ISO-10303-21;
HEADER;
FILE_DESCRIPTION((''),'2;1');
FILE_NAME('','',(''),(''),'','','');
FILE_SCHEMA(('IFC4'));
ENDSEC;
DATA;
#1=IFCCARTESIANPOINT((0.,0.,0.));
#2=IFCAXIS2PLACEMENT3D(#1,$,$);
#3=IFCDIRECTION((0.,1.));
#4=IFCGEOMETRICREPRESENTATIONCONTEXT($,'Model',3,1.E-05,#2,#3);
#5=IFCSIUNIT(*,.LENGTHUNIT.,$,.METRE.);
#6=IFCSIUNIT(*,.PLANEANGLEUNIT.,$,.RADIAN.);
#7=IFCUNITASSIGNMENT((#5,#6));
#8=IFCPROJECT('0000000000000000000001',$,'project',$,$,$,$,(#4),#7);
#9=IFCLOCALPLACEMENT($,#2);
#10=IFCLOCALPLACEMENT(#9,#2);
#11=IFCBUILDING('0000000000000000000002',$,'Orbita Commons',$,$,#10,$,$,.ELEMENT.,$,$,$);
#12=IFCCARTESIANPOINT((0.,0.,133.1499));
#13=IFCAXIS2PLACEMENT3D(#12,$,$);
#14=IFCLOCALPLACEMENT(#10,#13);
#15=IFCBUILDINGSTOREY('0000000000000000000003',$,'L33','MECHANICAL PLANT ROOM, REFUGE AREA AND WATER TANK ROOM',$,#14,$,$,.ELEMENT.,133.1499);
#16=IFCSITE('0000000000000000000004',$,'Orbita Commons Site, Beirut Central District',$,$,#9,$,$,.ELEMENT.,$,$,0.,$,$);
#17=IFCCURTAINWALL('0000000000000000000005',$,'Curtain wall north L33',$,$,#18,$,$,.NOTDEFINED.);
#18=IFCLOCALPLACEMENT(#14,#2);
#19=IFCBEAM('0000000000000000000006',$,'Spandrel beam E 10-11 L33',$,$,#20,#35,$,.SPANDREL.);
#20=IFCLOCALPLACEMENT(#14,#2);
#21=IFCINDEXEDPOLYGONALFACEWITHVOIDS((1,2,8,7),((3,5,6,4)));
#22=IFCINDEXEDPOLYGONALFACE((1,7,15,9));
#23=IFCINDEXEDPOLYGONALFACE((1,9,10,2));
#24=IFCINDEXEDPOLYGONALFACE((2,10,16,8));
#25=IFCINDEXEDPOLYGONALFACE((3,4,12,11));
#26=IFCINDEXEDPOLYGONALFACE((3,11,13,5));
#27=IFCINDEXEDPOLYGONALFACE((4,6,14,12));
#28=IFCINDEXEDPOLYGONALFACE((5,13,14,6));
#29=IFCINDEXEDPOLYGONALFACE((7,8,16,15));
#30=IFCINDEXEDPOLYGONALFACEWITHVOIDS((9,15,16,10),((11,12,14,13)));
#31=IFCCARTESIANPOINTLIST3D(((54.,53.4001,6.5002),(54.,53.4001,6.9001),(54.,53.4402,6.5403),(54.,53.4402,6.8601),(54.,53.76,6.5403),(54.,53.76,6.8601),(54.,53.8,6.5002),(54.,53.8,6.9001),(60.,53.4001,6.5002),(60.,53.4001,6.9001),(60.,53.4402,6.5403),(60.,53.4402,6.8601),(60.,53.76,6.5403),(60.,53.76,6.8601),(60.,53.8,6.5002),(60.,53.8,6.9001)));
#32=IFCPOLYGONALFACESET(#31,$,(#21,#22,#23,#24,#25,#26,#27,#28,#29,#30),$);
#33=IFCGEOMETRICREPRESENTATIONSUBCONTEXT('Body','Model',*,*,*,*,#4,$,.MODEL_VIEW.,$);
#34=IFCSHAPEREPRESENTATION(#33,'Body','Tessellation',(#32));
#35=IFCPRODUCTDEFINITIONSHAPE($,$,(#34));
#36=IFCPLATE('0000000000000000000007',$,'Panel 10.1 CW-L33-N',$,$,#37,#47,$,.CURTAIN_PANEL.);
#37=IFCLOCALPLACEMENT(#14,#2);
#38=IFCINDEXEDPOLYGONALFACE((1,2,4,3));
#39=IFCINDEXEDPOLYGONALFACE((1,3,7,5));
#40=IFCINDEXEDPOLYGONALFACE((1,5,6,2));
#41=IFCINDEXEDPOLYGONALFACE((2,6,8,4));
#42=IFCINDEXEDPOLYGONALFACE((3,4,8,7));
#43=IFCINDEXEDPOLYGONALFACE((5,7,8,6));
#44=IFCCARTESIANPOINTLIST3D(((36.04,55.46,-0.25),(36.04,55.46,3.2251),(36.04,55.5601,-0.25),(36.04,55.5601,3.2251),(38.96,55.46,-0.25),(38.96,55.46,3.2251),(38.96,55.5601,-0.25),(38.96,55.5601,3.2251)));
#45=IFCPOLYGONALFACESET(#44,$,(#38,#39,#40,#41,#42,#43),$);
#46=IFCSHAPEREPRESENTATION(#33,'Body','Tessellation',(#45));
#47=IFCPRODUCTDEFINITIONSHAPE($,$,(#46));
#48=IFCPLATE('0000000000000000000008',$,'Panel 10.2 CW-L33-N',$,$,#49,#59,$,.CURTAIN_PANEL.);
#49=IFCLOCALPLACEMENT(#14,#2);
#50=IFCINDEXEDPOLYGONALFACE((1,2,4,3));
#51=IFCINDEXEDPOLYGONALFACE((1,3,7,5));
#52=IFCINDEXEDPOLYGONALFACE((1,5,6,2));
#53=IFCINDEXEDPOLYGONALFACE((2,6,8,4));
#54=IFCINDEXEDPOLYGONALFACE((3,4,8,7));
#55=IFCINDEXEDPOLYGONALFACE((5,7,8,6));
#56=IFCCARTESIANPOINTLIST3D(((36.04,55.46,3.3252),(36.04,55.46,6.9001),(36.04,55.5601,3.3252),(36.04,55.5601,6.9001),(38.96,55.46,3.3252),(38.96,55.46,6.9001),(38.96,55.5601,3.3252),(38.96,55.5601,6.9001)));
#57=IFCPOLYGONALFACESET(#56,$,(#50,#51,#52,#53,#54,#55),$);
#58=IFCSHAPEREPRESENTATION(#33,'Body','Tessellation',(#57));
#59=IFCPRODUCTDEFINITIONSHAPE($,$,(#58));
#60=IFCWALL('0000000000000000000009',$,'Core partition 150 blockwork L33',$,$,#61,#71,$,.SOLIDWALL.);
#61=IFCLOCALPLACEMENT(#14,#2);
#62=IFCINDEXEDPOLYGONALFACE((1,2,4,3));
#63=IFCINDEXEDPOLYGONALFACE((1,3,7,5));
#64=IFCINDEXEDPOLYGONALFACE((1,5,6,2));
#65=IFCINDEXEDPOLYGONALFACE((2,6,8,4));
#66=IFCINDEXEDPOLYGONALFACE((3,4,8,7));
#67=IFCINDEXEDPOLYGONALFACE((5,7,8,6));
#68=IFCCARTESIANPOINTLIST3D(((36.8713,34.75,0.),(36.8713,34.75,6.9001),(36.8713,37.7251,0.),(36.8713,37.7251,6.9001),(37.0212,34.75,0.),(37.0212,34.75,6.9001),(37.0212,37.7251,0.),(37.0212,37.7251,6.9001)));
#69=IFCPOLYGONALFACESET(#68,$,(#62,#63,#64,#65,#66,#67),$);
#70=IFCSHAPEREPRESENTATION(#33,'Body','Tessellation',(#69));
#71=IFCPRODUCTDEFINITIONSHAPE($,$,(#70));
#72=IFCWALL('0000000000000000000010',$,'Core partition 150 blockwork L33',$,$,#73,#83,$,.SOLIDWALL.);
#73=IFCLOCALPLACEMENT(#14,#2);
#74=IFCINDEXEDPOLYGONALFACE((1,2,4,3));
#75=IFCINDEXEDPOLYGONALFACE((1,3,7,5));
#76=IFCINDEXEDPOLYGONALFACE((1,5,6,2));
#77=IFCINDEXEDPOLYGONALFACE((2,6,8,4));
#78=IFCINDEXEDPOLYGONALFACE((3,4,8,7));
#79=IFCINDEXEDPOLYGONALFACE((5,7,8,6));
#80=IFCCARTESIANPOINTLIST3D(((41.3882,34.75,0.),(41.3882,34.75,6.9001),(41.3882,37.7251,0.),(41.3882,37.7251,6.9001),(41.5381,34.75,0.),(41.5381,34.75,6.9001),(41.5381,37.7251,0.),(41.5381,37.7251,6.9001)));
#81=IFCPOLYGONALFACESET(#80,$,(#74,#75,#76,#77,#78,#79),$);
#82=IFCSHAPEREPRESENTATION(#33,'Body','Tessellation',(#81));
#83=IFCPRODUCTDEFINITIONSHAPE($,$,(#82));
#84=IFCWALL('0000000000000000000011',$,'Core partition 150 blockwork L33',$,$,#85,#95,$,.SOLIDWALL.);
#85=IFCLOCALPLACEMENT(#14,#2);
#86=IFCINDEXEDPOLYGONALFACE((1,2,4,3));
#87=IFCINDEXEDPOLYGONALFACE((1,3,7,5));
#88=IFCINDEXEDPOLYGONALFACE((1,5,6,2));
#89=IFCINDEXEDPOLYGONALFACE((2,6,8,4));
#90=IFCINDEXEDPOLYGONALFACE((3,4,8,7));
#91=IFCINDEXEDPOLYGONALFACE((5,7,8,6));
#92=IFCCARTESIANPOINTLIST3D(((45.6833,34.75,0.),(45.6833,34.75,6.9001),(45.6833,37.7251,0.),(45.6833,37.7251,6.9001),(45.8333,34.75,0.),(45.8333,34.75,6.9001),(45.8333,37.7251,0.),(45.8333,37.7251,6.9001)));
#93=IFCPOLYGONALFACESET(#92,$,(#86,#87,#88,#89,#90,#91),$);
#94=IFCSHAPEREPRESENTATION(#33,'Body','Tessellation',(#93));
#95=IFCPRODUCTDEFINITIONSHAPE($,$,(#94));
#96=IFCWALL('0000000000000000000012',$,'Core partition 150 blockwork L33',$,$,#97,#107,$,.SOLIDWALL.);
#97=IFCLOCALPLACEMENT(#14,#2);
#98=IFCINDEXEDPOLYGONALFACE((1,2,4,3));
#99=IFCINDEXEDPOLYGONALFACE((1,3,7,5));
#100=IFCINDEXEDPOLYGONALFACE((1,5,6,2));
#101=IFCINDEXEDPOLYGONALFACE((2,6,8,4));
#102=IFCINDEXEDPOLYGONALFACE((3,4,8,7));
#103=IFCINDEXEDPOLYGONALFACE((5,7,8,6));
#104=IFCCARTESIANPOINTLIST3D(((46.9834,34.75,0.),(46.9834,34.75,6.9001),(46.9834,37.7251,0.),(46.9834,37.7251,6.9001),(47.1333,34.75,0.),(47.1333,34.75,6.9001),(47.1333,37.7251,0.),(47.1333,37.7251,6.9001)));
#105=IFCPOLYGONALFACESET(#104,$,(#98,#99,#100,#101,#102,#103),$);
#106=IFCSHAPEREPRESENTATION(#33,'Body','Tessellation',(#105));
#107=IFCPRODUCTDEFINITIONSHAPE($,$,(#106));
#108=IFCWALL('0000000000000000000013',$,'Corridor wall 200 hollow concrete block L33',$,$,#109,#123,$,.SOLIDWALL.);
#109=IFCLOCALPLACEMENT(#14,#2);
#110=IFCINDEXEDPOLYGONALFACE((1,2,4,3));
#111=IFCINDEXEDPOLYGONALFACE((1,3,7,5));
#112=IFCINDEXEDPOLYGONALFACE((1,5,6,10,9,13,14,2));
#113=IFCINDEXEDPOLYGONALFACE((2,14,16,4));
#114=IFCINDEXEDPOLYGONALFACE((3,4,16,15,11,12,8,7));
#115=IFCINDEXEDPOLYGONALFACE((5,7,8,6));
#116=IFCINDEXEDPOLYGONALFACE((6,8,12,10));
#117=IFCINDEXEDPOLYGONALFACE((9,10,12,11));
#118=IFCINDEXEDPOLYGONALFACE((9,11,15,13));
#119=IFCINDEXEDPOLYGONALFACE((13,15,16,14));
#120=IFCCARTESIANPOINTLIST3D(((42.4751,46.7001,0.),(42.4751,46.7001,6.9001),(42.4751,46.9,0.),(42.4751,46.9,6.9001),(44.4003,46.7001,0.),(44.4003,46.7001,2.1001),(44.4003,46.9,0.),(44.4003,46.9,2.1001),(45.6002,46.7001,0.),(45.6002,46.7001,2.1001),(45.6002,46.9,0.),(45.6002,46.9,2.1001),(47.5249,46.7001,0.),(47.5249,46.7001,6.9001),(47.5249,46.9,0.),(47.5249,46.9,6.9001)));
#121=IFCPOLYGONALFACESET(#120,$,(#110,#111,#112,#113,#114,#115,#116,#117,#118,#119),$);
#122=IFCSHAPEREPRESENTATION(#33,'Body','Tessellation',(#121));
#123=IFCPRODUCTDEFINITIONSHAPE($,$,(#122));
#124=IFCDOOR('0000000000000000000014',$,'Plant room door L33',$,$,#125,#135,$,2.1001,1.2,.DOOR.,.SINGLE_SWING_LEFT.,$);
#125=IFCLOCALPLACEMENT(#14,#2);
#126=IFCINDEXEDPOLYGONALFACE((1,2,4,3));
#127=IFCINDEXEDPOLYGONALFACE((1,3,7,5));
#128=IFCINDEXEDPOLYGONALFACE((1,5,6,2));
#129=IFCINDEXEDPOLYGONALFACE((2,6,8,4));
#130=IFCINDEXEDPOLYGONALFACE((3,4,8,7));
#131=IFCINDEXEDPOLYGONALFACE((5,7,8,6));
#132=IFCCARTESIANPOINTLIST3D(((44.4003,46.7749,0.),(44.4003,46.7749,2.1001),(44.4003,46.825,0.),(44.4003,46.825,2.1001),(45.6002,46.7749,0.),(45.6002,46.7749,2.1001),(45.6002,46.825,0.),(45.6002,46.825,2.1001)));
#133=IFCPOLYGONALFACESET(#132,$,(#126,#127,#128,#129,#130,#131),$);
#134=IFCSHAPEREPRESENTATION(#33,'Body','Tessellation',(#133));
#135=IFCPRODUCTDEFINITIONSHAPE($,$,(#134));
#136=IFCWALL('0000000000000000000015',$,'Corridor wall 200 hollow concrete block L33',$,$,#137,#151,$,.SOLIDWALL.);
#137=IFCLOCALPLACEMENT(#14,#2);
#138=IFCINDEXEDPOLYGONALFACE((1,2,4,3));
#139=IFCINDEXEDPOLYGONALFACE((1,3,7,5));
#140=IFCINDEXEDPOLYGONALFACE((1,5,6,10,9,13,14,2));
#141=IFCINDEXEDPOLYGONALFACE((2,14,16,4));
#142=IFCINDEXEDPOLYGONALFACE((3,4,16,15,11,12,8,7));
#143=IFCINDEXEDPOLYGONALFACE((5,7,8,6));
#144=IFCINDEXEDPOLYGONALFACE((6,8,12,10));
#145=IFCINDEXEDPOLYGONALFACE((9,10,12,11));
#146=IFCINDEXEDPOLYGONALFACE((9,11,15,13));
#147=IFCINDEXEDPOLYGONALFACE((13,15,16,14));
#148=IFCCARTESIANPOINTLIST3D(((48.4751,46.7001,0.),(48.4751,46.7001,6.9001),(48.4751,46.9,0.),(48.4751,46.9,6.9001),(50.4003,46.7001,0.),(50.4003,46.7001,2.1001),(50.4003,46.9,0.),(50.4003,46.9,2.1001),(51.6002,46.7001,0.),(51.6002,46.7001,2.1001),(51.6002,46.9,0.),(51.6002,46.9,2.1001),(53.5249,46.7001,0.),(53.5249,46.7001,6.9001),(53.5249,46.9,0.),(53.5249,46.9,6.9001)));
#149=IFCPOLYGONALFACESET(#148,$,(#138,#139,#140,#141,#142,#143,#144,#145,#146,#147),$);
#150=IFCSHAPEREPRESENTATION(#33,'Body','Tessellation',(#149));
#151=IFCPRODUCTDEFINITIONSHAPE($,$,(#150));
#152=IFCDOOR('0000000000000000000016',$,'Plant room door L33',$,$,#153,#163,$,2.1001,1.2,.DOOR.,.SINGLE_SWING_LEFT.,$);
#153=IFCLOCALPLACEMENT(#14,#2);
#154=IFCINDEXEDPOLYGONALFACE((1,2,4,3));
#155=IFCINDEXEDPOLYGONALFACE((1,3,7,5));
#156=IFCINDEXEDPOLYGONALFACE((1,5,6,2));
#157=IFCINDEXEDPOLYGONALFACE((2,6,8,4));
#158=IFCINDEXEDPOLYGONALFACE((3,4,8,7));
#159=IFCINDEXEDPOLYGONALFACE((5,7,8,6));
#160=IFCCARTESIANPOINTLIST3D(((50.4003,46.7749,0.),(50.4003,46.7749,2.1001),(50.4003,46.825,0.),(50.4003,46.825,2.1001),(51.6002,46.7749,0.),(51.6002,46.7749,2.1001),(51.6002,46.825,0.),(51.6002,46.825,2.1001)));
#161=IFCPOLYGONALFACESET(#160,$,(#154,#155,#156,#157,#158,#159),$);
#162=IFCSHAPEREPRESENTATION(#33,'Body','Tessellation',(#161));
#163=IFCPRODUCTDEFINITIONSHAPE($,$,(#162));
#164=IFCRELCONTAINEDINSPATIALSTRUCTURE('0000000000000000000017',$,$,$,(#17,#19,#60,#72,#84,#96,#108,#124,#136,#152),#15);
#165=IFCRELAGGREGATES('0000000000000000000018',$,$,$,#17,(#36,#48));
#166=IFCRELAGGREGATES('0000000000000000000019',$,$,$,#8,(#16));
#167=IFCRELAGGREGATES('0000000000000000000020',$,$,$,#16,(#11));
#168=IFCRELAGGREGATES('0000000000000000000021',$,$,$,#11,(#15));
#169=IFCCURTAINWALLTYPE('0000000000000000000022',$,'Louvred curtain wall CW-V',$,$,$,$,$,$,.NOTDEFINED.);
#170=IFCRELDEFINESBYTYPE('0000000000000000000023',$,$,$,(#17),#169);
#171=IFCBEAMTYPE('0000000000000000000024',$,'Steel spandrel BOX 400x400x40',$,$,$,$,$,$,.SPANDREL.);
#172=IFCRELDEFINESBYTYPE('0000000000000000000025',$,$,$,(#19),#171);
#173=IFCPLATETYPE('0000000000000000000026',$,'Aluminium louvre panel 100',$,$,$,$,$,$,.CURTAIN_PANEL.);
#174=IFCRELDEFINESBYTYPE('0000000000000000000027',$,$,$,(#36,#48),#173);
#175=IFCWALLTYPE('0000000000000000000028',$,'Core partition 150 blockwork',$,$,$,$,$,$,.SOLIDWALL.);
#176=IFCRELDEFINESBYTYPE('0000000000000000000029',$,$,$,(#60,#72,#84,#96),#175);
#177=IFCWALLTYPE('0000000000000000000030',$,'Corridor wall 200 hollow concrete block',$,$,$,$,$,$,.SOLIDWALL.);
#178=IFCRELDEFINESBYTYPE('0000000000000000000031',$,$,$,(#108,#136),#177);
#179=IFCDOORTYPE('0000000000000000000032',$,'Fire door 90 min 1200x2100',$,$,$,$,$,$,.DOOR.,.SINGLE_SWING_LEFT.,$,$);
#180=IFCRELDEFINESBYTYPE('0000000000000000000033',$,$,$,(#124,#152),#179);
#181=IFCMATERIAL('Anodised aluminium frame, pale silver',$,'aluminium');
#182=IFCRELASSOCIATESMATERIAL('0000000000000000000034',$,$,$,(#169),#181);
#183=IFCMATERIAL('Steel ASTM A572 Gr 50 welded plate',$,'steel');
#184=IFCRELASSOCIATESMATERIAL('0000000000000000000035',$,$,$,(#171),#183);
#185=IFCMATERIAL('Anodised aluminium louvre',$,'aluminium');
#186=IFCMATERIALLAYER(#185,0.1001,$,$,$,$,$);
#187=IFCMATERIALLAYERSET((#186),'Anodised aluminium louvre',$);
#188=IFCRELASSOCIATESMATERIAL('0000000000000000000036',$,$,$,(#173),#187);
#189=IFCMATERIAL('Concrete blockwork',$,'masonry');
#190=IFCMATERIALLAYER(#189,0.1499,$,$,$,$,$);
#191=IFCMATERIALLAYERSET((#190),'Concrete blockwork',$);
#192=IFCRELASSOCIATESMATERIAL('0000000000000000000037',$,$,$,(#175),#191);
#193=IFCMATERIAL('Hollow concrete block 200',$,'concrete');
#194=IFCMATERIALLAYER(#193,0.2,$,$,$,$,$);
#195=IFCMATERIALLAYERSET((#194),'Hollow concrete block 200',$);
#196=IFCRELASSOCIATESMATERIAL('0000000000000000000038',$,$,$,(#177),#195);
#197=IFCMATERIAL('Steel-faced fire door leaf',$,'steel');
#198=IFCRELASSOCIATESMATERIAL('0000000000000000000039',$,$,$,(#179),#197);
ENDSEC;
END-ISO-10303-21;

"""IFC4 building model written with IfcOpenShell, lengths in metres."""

from ifc_helpers import new_model, si_unit, direction, frame, frame_2d, origin, origin_2d, place, context, subcontext, project, spatial, rectangle, hollow_rectangle, extrude, material, layer, layer_set, material_profile, profile_set, type_object, element, fill, aggregate, save


model = new_model("IFC4")

# Units and contexts
model_context = context("Model", 3, precision=1e-05, world=origin(), true_north=direction((0.0, 1.0)))
body_context = subcontext(model_context, "Body", "Model", "MODEL_VIEW")
ifc_project = project(units=[si_unit("LENGTHUNIT", "METRE"), si_unit("PLANEANGLEUNIT", "RADIAN")], contexts=[model_context])

# Site, building, storey
site_placement = place(None, origin())
site = spatial("IfcSite", under=ifc_project, at=site_placement, Name="Orbita Commons Site, Beirut Central District", CompositionType="ELEMENT", RefElevation=0.0)
building_placement = place(site_placement, origin())
building = spatial("IfcBuilding", under=site, at=building_placement, Name="Orbita Commons", CompositionType="ELEMENT")
storey_placement = place(building_placement, frame((0.0, 0.0, 133.1499)))
storey = spatial("IfcBuildingStorey", under=building, at=storey_placement, Name="L33", Description="MECHANICAL PLANT ROOM, REFUGE AREA AND WATER TANK ROOM", CompositionType="ELEMENT", Elevation=133.1499)

# Curtain wall
ifc_material_1 = material(Name="Anodised aluminium frame, pale silver", Category="aluminium")
curtain_wall_type = type_object("IfcCurtainWallType", Name="Louvred curtain wall CW-V", PredefinedType="NOTDEFINED", material=ifc_material_1)
curtain_wall_placement = place(storey_placement, origin())
curtain_wall = element("IfcCurtainWall", 1, at=curtain_wall_placement, inside=storey, type_object=curtain_wall_type, Name="Curtain wall north L33", PredefinedType="NOTDEFINED")

# Beam
ifc_material_2 = material(Name="Steel ASTM A572 Gr 50 welded plate", Category="steel")
ifc_material_profile_1 = material_profile(ifc_material_2, hollow_rectangle(XDim=0.3999, YDim=0.3999, WallThickness=0.04, at=origin_2d()), Name="BOX 400x400x40")
ifc_profile_set_1 = profile_set([ifc_material_profile_1], Name="Steel ASTM A572 Gr 50 welded plate")
beam_type = type_object("IfcBeamType", Name="Steel spandrel BOX 400x400x40", PredefinedType="SPANDREL", material=ifc_profile_set_1)
for number, where, z_axis, x_axis, name in (
    (2, (54.0, 53.6001, 6.7002), (1.0, 0.0, 0.0), (0.0, 1.0, 0.0), "Spandrel beam E 10-11 L33"),
):
    element("IfcBeam", number, at=place(storey_placement, frame(where, z_axis=z_axis, x_axis=x_axis)), inside=storey, type_object=beam_type, Name=name, PredefinedType="SPANDREL", context=body_context, shape_type="SweptSolid", body=[
        extrude(hollow_rectangle(XDim=0.3999, YDim=0.3999, WallThickness=0.04, at=origin_2d()), origin(), (0.0, 0.0, 1.0), 6.0),
    ])

# Plates
ifc_material_3 = material(Name="Anodised aluminium louvre", Category="aluminium")
ifc_layer_1 = layer(ifc_material_3, 0.1001)
ifc_layer_set_1 = layer_set([ifc_layer_1], Name="Anodised aluminium louvre")
plate_type = type_object("IfcPlateType", Name="Aluminium louvre panel 100", PredefinedType="CURTAIN_PANEL", material=ifc_layer_set_1)
plate_1_placement = place(storey_placement, frame((37.5, 55.51, -0.25), z_axis=(0.0, 0.0, 1.0), x_axis=(-1.0, 0.0, 0.0)))
plate_1 = element("IfcPlate", 3, at=plate_1_placement, type_object=plate_type, Name="Panel 10.1 CW-L33-N", PredefinedType="CURTAIN_PANEL", context=body_context, shape_type="SweptSolid", body=[
    extrude(rectangle(XDim=2.9199, YDim=0.1001, at=origin_2d()), origin(), (0.0, 0.0, 1.0), 3.4751),
])
plate_2_placement = place(storey_placement, frame((37.5, 55.51, 3.3252), z_axis=(0.0, 0.0, 1.0), x_axis=(-1.0, 0.0, 0.0)))
plate_2 = element("IfcPlate", 4, at=plate_2_placement, type_object=plate_type, Name="Panel 10.2 CW-L33-N", PredefinedType="CURTAIN_PANEL", context=body_context, shape_type="SweptSolid", body=[
    extrude(rectangle(XDim=2.9199, YDim=0.1001, at=origin_2d()), origin(), (0.0, 0.0, 1.0), 3.575),
])
aggregate(curtain_wall, [plate_1, plate_2])

# Walls
ifc_material_4 = material(Name="Concrete blockwork", Category="masonry")
ifc_layer_2 = layer(ifc_material_4, 0.1499)
ifc_layer_set_2 = layer_set([ifc_layer_2], Name="Concrete blockwork")
wall_type_1 = type_object("IfcWallType", Name="Core partition 150 blockwork", PredefinedType="SOLIDWALL", material=ifc_layer_set_2)
for number, where, z_axis, x_axis, name in (
    (5, (36.9463, 34.75, 0.0), (0.0, 0.0, 1.0), (0.0, 1.0, 0.0), "Core partition 150 blockwork L33"),
    (6, (41.4631, 34.75, 0.0), (0.0, 0.0, 1.0), (0.0, 1.0, 0.0), "Core partition 150 blockwork L33"),
    (7, (45.7583, 34.75, 0.0), (0.0, 0.0, 1.0), (0.0, 1.0, 0.0), "Core partition 150 blockwork L33"),
    (8, (47.0583, 34.75, 0.0), (0.0, 0.0, 1.0), (0.0, 1.0, 0.0), "Core partition 150 blockwork L33"),
):
    element("IfcWall", number, at=place(storey_placement, frame(where, z_axis=z_axis, x_axis=x_axis)), inside=storey, type_object=wall_type_1, Name=name, PredefinedType="SOLIDWALL", context=body_context, shape_type="SweptSolid", body=[
        extrude(rectangle(XDim=2.9751, YDim=0.1499, at=frame_2d((1.4875, 0.0))), origin(), (0.0, 0.0, 1.0), 6.9001),
    ])

# Walls, openings, doors
ifc_material_5 = material(Name="Hollow concrete block 200", Category="concrete")
ifc_layer_3 = layer(ifc_material_5, 0.2)
ifc_layer_set_3 = layer_set([ifc_layer_3], Name="Hollow concrete block 200")
wall_type_2 = type_object("IfcWallType", Name="Corridor wall 200 hollow concrete block", PredefinedType="SOLIDWALL", material=ifc_layer_set_3)
wall_1_placement = place(storey_placement, frame((42.4751, 46.8, 0.0), z_axis=(0.0, 0.0, 1.0), x_axis=(1.0, 0.0, 0.0)))
wall_1 = element("IfcWall", 9, at=wall_1_placement, inside=storey, type_object=wall_type_2, Name="Corridor wall 200 hollow concrete block L33", PredefinedType="SOLIDWALL", context=body_context, shape_type="SweptSolid", body=[
    extrude(rectangle(XDim=5.0498, YDim=0.2, at=frame_2d((2.5249, 0.0))), origin(), (0.0, 0.0, 1.0), 6.9001),
])
opening_1_placement = place(wall_1_placement, frame((1.925, 0.0, 0.0)))
opening_1 = element("IfcOpeningElement", 10, at=opening_1_placement, cuts=wall_1, PredefinedType="OPENING", context=body_context, shape_type="SweptSolid", body=[
    extrude(rectangle(XDim=1.2, YDim=2.1001, at=frame_2d((0.6001, 1.05))), frame((0.0, 0.1099, 0.0), z_axis=(0.0, -1.0, 0.0), x_axis=(1.0, 0.0, 0.0)), (0.0, 0.0, 1.0), 0.22),
])
ifc_material_6 = material(Name="Steel-faced fire door leaf", Category="steel")
door_type = type_object("IfcDoorType", Name="Fire door 90 min 1200x2100", OperationType="SINGLE_SWING_LEFT", PredefinedType="DOOR", material=ifc_material_6)
door_1_placement = place(opening_1_placement, origin())
door_1 = element("IfcDoor", 11, at=door_1_placement, inside=storey, type_object=door_type, Name="Plant room door L33", OperationType="SINGLE_SWING_LEFT", OverallHeight=2.1001, OverallWidth=1.2, PredefinedType="DOOR", context=body_context, shape_type="SweptSolid", body=[
    extrude(rectangle(XDim=1.2, YDim=2.1001, at=frame_2d((0.6001, 1.05))), frame((0.0, 0.0249, 0.0), z_axis=(0.0, -1.0, 0.0), x_axis=(1.0, 0.0, 0.0)), (0.0, 0.0, 1.0), 0.05),
])
fill(opening_1, door_1)
wall_2_placement = place(storey_placement, frame((48.4751, 46.8, 0.0), z_axis=(0.0, 0.0, 1.0), x_axis=(1.0, 0.0, 0.0)))
wall_2 = element("IfcWall", 12, at=wall_2_placement, inside=storey, type_object=wall_type_2, Name="Corridor wall 200 hollow concrete block L33", PredefinedType="SOLIDWALL", context=body_context, shape_type="SweptSolid", body=[
    extrude(rectangle(XDim=5.0498, YDim=0.2, at=frame_2d((2.5249, 0.0))), origin(), (0.0, 0.0, 1.0), 6.9001),
])
opening_2_placement = place(wall_2_placement, frame((1.925, 0.0, 0.0)))
opening_2 = element("IfcOpeningElement", 13, at=opening_2_placement, cuts=wall_2, PredefinedType="OPENING", context=body_context, shape_type="SweptSolid", body=[
    extrude(rectangle(XDim=1.2, YDim=2.1001, at=frame_2d((0.6001, 1.05))), frame((0.0, 0.1099, 0.0), z_axis=(0.0, -1.0, 0.0), x_axis=(1.0, 0.0, 0.0)), (0.0, 0.0, 1.0), 0.22),
])
door_2_placement = place(opening_2_placement, origin())
door_2 = element("IfcDoor", 14, at=door_2_placement, inside=storey, type_object=door_type, Name="Plant room door L33", OperationType="SINGLE_SWING_LEFT", OverallHeight=2.1001, OverallWidth=1.2, PredefinedType="DOOR", context=body_context, shape_type="SweptSolid", body=[
    extrude(rectangle(XDim=1.2, YDim=2.1001, at=frame_2d((0.6001, 1.05))), frame((0.0, 0.0249, 0.0), z_axis=(0.0, -1.0, 0.0), x_axis=(1.0, 0.0, 0.0)), (0.0, 0.0, 1.0), 0.05),
])
fill(opening_2, door_2)

save(model, "model.ifc")
